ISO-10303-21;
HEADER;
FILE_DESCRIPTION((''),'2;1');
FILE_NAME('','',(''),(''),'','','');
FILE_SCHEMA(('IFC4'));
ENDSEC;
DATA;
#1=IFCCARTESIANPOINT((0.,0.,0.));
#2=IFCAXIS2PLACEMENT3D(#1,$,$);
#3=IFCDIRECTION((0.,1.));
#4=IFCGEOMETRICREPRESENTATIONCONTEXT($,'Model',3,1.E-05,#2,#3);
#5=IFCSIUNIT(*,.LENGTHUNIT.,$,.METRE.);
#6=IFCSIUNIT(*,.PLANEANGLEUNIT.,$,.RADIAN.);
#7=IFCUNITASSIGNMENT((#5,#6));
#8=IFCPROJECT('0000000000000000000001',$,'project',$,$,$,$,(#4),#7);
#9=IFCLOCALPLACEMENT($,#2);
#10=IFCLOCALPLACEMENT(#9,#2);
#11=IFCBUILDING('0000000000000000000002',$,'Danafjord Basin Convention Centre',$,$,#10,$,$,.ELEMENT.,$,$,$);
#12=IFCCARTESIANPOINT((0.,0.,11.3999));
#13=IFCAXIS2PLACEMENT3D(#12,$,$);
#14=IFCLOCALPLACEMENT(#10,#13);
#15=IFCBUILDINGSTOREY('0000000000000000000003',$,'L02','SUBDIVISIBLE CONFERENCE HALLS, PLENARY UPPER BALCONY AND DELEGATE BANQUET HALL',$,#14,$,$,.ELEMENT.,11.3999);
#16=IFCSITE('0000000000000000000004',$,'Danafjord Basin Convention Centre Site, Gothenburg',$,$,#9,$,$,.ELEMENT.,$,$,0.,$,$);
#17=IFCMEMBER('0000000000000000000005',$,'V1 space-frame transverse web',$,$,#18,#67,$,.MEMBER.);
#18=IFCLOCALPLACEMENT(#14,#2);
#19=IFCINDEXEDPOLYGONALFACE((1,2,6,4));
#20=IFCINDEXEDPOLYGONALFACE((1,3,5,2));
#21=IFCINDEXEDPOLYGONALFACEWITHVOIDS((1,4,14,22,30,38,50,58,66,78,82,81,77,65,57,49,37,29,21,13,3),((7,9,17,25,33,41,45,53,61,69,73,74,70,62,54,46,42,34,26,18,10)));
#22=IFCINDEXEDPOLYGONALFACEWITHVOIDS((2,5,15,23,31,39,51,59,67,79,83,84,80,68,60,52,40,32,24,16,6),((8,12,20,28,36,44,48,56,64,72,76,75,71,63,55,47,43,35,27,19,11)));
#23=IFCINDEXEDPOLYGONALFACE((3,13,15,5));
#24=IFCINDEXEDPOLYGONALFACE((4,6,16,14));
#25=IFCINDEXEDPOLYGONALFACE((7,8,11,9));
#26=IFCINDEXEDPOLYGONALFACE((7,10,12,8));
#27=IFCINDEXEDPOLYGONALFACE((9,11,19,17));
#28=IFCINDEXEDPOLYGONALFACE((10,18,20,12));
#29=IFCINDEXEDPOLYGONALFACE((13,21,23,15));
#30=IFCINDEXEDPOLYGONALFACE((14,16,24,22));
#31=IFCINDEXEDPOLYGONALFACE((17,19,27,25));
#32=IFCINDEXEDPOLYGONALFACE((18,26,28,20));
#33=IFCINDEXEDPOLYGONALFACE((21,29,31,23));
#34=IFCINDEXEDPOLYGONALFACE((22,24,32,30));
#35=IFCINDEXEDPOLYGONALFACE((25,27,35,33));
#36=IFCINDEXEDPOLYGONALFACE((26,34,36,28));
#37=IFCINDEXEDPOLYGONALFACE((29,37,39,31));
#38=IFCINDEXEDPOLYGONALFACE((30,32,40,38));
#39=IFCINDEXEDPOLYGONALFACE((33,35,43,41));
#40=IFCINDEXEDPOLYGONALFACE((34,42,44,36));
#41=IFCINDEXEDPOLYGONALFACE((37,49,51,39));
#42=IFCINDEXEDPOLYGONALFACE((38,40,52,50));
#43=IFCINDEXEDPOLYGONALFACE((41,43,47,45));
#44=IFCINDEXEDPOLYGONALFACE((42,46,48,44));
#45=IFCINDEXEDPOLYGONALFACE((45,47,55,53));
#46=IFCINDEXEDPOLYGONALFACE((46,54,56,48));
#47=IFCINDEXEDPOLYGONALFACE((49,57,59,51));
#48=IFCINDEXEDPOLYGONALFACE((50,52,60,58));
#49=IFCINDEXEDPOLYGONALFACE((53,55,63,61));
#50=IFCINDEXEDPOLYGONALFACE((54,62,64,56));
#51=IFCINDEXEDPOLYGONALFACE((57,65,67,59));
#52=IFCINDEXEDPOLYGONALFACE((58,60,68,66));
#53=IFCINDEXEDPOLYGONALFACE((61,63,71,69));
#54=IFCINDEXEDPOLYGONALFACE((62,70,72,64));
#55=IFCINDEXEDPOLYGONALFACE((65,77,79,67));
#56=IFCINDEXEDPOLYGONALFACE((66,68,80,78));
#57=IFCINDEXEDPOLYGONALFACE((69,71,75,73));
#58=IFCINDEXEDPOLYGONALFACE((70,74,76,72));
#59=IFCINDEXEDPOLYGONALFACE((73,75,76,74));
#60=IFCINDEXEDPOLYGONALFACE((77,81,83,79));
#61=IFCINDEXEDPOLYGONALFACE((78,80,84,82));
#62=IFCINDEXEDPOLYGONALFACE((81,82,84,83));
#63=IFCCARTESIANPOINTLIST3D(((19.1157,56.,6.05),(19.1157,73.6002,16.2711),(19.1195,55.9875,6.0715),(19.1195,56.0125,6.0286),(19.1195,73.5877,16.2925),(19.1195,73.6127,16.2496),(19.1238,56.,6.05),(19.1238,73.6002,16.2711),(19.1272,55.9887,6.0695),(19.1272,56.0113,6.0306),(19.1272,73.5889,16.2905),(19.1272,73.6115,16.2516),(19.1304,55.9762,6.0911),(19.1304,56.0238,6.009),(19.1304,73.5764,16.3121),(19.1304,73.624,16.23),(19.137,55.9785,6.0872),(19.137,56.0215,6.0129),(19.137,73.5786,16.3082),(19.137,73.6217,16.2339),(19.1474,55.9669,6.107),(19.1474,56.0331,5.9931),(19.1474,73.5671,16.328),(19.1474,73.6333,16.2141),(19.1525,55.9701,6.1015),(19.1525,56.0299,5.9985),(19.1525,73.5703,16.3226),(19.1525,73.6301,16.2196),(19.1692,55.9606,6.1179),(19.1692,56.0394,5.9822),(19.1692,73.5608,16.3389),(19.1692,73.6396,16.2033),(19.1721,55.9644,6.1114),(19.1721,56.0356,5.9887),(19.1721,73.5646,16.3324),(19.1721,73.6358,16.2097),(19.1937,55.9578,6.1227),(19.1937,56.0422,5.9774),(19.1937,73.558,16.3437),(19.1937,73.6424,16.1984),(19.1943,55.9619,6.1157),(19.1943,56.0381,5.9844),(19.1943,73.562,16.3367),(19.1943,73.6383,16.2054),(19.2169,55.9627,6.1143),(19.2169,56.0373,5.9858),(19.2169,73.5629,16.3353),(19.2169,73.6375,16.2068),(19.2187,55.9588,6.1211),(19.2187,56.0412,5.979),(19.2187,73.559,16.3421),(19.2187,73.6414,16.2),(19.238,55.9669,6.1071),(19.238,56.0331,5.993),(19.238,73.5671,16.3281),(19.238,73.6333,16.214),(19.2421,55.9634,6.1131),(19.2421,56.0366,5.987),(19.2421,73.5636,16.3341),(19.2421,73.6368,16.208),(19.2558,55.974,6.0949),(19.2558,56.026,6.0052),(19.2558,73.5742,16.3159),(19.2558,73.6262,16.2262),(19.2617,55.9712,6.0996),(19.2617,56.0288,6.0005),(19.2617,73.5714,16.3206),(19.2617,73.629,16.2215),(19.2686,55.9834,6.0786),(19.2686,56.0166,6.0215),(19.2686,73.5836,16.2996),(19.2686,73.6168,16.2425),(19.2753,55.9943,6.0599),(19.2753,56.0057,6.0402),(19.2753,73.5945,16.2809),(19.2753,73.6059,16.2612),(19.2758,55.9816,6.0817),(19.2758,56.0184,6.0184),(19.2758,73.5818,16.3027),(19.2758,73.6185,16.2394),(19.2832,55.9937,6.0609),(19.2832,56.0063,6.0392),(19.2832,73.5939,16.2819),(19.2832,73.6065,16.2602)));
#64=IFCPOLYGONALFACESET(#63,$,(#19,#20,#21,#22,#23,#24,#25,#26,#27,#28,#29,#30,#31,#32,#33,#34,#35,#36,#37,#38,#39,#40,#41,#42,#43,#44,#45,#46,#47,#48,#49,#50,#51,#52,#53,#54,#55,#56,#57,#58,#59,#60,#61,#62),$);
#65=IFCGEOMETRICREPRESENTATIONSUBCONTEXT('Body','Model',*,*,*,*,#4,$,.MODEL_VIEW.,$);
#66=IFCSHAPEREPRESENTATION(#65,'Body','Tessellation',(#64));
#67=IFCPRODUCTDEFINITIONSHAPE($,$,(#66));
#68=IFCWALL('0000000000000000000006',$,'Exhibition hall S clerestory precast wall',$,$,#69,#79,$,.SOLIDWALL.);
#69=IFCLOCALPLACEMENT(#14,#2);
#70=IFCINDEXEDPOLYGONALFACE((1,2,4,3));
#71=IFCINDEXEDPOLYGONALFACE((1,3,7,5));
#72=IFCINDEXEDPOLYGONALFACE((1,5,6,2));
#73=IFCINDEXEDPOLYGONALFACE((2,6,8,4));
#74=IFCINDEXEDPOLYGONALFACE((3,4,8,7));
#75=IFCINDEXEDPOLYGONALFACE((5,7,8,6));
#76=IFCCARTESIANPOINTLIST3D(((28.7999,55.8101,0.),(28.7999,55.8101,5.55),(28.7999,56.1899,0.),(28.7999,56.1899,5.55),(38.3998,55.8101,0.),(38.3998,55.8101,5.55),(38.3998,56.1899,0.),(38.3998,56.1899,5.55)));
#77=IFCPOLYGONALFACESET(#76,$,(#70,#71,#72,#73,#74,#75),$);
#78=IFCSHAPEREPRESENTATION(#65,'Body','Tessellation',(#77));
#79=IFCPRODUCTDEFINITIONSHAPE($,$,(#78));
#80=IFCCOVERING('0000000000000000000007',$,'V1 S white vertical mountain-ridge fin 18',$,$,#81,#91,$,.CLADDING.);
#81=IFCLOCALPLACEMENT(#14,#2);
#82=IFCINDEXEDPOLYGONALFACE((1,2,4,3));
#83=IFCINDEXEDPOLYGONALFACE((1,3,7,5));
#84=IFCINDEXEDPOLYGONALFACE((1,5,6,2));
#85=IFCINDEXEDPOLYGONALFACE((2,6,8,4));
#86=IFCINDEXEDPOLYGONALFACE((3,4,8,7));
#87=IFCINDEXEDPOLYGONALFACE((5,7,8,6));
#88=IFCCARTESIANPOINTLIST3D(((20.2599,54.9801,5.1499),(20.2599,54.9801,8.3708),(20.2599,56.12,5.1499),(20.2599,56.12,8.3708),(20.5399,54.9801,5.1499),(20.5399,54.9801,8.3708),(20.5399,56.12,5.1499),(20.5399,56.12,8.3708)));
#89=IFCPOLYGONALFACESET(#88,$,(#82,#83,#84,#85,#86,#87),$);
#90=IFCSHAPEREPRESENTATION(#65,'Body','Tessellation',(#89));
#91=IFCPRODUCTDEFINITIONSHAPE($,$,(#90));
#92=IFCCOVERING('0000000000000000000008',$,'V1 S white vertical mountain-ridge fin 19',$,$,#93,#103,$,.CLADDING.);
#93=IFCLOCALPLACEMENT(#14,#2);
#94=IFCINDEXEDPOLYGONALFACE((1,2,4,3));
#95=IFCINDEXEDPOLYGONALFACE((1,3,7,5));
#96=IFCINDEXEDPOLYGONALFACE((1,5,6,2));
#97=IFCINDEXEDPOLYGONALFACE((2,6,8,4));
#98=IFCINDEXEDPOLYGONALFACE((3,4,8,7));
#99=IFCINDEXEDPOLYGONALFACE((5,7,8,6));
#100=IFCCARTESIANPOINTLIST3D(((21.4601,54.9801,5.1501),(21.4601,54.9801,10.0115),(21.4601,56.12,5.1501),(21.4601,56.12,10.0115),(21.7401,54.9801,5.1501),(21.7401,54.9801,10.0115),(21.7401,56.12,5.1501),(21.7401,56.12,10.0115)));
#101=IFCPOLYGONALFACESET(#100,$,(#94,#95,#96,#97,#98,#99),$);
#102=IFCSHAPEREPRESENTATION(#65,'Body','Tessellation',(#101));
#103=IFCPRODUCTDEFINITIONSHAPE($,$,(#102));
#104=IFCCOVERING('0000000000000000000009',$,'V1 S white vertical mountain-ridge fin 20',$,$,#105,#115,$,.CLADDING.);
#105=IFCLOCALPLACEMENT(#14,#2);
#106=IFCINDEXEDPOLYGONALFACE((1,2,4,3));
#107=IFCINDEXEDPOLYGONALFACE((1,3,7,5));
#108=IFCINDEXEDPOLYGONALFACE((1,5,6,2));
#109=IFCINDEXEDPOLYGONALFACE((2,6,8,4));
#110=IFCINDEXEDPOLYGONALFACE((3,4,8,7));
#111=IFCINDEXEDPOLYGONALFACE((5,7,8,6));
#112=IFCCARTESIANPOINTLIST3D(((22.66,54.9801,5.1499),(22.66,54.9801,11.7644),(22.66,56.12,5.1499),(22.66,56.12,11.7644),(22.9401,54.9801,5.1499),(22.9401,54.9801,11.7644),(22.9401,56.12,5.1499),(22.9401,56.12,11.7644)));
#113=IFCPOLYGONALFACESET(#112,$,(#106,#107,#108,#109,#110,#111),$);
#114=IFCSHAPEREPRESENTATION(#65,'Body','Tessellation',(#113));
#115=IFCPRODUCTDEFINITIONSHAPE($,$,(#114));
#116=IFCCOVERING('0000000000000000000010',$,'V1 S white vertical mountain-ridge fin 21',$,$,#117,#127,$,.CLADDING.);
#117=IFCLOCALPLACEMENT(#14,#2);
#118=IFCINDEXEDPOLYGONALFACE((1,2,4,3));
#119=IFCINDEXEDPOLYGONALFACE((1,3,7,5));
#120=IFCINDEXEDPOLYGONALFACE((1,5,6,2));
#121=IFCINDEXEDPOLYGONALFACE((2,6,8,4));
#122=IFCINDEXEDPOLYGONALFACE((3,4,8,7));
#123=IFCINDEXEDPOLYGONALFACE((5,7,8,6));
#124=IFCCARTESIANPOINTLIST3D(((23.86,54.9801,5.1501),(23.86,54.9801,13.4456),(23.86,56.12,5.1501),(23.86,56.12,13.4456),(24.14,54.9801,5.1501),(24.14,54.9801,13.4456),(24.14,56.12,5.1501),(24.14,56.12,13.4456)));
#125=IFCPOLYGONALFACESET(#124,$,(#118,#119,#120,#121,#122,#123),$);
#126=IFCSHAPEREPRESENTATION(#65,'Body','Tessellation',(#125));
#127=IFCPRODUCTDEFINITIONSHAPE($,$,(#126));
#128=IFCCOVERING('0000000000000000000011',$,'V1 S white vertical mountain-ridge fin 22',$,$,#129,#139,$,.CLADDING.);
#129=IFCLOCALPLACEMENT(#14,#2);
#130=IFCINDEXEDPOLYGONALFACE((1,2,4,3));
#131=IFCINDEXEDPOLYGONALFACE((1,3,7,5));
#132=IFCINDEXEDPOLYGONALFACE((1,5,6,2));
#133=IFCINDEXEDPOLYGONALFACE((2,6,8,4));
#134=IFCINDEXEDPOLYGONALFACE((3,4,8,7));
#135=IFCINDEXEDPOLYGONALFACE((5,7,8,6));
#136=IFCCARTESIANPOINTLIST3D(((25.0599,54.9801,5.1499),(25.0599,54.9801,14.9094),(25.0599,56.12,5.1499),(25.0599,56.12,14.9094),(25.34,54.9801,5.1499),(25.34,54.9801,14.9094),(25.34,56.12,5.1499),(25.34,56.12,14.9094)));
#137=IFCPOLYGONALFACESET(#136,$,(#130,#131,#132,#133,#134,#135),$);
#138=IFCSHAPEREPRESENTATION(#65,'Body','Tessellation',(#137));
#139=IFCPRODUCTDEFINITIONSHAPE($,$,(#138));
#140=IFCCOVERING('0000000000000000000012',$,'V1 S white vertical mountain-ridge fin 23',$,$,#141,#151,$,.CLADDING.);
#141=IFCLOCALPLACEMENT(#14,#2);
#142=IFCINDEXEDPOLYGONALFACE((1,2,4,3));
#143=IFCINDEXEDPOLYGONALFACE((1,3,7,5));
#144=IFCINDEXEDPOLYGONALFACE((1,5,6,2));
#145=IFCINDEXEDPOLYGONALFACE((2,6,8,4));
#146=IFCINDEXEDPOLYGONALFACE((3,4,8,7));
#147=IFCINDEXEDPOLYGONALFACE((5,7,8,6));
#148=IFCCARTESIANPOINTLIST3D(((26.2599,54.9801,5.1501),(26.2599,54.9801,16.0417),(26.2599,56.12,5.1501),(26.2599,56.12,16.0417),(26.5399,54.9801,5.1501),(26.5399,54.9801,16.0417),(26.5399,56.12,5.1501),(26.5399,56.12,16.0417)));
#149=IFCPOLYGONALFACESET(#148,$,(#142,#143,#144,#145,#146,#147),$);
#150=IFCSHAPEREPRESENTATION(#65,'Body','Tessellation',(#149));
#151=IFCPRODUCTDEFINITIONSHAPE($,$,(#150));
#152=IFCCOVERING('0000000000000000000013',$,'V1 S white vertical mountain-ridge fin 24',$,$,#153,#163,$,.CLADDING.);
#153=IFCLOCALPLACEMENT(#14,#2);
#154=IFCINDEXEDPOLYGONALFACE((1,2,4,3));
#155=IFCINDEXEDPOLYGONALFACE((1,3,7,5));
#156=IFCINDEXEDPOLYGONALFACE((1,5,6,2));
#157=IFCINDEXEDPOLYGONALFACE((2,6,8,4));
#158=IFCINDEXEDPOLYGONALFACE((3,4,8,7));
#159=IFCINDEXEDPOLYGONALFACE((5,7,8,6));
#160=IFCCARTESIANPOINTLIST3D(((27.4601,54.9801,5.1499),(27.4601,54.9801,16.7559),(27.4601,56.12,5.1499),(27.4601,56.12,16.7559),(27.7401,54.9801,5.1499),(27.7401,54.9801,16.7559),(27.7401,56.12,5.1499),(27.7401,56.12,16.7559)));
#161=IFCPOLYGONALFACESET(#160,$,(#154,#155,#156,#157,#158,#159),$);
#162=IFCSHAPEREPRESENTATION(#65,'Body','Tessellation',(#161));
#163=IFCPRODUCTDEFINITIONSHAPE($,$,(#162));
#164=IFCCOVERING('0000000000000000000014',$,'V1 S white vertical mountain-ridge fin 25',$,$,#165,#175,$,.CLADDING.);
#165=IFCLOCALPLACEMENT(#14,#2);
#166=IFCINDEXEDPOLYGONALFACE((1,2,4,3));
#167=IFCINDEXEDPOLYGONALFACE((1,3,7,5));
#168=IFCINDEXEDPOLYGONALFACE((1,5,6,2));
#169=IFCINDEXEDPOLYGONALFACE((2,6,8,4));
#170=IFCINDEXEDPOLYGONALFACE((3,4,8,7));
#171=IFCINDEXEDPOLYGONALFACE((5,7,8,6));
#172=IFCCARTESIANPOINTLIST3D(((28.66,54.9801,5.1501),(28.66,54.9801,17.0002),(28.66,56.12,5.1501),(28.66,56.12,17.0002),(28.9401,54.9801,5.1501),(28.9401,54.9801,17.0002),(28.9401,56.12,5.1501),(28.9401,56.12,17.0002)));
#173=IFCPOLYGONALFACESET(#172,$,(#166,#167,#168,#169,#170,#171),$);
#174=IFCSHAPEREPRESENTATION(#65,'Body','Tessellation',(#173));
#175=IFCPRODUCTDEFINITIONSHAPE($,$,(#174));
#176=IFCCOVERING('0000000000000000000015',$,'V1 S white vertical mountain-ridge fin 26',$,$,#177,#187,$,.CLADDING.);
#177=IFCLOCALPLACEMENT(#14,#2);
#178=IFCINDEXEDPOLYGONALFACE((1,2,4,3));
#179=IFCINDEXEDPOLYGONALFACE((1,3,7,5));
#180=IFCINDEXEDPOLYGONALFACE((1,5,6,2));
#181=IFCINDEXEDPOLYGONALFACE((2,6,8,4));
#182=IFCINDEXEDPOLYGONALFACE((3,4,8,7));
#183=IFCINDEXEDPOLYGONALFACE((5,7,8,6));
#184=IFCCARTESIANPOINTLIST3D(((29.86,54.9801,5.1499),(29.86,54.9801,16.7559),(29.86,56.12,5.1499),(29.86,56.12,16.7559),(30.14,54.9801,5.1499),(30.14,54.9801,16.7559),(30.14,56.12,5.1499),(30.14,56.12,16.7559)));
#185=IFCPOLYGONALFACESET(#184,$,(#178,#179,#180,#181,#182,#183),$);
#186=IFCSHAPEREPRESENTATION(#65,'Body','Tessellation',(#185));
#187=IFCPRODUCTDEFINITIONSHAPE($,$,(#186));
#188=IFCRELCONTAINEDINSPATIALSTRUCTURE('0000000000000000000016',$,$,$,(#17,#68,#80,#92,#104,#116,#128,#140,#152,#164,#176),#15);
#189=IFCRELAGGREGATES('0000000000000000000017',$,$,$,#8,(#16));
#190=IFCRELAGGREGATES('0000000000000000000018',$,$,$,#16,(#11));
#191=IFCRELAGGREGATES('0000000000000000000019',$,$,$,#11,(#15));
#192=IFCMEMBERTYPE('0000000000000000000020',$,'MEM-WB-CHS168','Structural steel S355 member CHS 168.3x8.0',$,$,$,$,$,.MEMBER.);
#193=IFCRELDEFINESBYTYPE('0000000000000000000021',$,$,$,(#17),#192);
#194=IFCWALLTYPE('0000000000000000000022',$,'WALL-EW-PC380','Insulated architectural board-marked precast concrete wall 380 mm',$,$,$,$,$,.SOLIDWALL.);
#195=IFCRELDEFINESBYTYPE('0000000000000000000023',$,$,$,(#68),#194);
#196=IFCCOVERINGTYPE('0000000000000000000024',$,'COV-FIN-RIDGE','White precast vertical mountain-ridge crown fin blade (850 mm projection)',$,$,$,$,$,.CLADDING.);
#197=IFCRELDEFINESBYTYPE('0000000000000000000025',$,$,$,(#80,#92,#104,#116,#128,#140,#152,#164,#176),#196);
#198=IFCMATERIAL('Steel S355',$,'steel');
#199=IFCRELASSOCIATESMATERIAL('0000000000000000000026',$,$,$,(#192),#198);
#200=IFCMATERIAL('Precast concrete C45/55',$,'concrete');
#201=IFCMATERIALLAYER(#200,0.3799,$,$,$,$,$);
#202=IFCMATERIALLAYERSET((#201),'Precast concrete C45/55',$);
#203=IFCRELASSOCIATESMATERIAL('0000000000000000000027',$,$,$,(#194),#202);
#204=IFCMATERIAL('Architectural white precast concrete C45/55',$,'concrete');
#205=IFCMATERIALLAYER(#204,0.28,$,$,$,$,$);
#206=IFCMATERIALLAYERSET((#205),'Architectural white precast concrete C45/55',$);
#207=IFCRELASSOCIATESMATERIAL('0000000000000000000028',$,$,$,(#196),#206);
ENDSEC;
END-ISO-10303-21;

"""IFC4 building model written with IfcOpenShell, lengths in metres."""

from ifc_helpers import new_model, si_unit, direction, frame, frame_2d, origin, origin_2d, place, context, subcontext, project, spatial, rectangle, hollow_circle, extrude, material, layer, layer_set, material_profile, profile_set, type_object, element, save


model = new_model("IFC4")

# Units and contexts
model_context = context("Model", 3, precision=1e-05, world=origin(), true_north=direction((0.0, 1.0)))
body_context = subcontext(model_context, "Body", "Model", "MODEL_VIEW")
ifc_project = project(units=[si_unit("LENGTHUNIT", "METRE"), si_unit("PLANEANGLEUNIT", "RADIAN")], contexts=[model_context])

# Site, building, storey
site_placement = place(None, origin())
site = spatial("IfcSite", under=ifc_project, at=site_placement, Name="Danafjord Basin Convention Centre Site, Gothenburg", CompositionType="ELEMENT", RefElevation=0.0)
building_placement = place(site_placement, origin())
building = spatial("IfcBuilding", under=site, at=building_placement, Name="Danafjord Basin Convention Centre", CompositionType="ELEMENT")
storey_placement = place(building_placement, frame((0.0, 0.0, 11.3999)))
storey = spatial("IfcBuildingStorey", under=building, at=storey_placement, Name="L02", Description="SUBDIVISIBLE CONFERENCE HALLS, PLENARY UPPER BALCONY AND DELEGATE BANQUET HALL", CompositionType="ELEMENT", Elevation=11.3999)

# Shared definitions
ifc_material_1 = material(Name="Steel S355", Category="steel")

# Member
ifc_material_profile_1 = material_profile(ifc_material_1, hollow_circle(Radius=0.0842, WallThickness=0.0081, at=origin_2d()), Name="CHS 168.3x8.0")
ifc_profile_set_1 = profile_set([ifc_material_profile_1], Name="Steel S355")
member_type_1 = type_object("IfcMemberType", Name="MEM-WB-CHS168", Description="Structural steel S355 member CHS 168.3x8.0", PredefinedType="MEMBER", material=ifc_profile_set_1)
member_1_placement = place(storey_placement, frame((19.2, 56.0, 6.05), z_axis=(0.0, 0.864756, 0.502192), x_axis=(-1.0, 0.0, 0.0)))
element("IfcMember", 1, at=member_1_placement, inside=storey, type_object=member_type_1, Name="V1 space-frame transverse web", PredefinedType="MEMBER", context=body_context, shape_type="SweptSolid", body=[
    extrude(hollow_circle(Radius=0.0842, WallThickness=0.0081, at=origin_2d()), origin(), (0.0, 0.0, 1.0), 20.3528),
])

# Wall
ifc_material_2 = material(Name="Precast concrete C45/55", Category="concrete")
ifc_layer_1 = layer(ifc_material_2, 0.3799)
ifc_layer_set_1 = layer_set([ifc_layer_1], Name="Precast concrete C45/55")
wall_type = type_object("IfcWallType", Name="WALL-EW-PC380", Description="Insulated architectural board-marked precast concrete wall 380 mm", PredefinedType="SOLIDWALL", material=ifc_layer_set_1)
wall_placement = place(storey_placement, frame((28.8, 56.0, 0.0), z_axis=(0.0, 0.0, 1.0), x_axis=(1.0, 0.0, 0.0)))
element("IfcWall", 2, at=wall_placement, inside=storey, type_object=wall_type, Name="Exhibition hall S clerestory precast wall", PredefinedType="SOLIDWALL", context=body_context, shape_type="SweptSolid", body=[
    extrude(rectangle(XDim=9.5999, YDim=0.3799, at=frame_2d((4.7998, 0.0))), origin(), (0.0, 0.0, 1.0), 5.55),
])

# Coverings
ifc_material_3 = material(Name="Architectural white precast concrete C45/55", Category="concrete")
ifc_layer_2 = layer(ifc_material_3, 0.28)
ifc_layer_set_2 = layer_set([ifc_layer_2], Name="Architectural white precast concrete C45/55")
covering_type = type_object("IfcCoveringType", Name="COV-FIN-RIDGE", Description="White precast vertical mountain-ridge crown fin blade (850 mm projection)", PredefinedType="CLADDING", material=ifc_layer_set_2)
covering_1_placement = place(storey_placement, frame((20.3999, 55.55, 5.1499), z_axis=(0.0, 0.0, 1.0), x_axis=(0.0, 1.0, 0.0)))
element("IfcCovering", 3, at=covering_1_placement, inside=storey, type_object=covering_type, Name="V1 S white vertical mountain-ridge fin 18", PredefinedType="CLADDING", context=body_context, shape_type="SweptSolid", body=[
    extrude(rectangle(XDim=1.1399, YDim=0.28, at=origin_2d()), origin(), (0.0, 0.0, 1.0), 3.2209),
])
covering_2_placement = place(storey_placement, frame((21.6001, 55.55, 5.1501), z_axis=(0.0, 0.0, 1.0), x_axis=(0.0, 1.0, 0.0)))
element("IfcCovering", 4, at=covering_2_placement, inside=storey, type_object=covering_type, Name="V1 S white vertical mountain-ridge fin 19", PredefinedType="CLADDING", context=body_context, shape_type="SweptSolid", body=[
    extrude(rectangle(XDim=1.1399, YDim=0.28, at=origin_2d()), origin(), (0.0, 0.0, 1.0), 4.8613),
])
covering_3_placement = place(storey_placement, frame((22.8, 55.55, 5.1499), z_axis=(0.0, 0.0, 1.0), x_axis=(0.0, 1.0, 0.0)))
element("IfcCovering", 5, at=covering_3_placement, inside=storey, type_object=covering_type, Name="V1 S white vertical mountain-ridge fin 20", PredefinedType="CLADDING", context=body_context, shape_type="SweptSolid", body=[
    extrude(rectangle(XDim=1.1399, YDim=0.28, at=origin_2d()), origin(), (0.0, 0.0, 1.0), 6.6145),
])
covering_4_placement = place(storey_placement, frame((24.0, 55.55, 5.1501), z_axis=(0.0, 0.0, 1.0), x_axis=(0.0, 1.0, 0.0)))
element("IfcCovering", 6, at=covering_4_placement, inside=storey, type_object=covering_type, Name="V1 S white vertical mountain-ridge fin 21", PredefinedType="CLADDING", context=body_context, shape_type="SweptSolid", body=[
    extrude(rectangle(XDim=1.1399, YDim=0.28, at=origin_2d()), origin(), (0.0, 0.0, 1.0), 8.2954),
])
covering_5_placement = place(storey_placement, frame((25.2, 55.55, 5.1499), z_axis=(0.0, 0.0, 1.0), x_axis=(0.0, 1.0, 0.0)))
element("IfcCovering", 7, at=covering_5_placement, inside=storey, type_object=covering_type, Name="V1 S white vertical mountain-ridge fin 22", PredefinedType="CLADDING", context=body_context, shape_type="SweptSolid", body=[
    extrude(rectangle(XDim=1.1399, YDim=0.28, at=origin_2d()), origin(), (0.0, 0.0, 1.0), 9.7595),
])
covering_6_placement = place(storey_placement, frame((26.3999, 55.55, 5.1501), z_axis=(0.0, 0.0, 1.0), x_axis=(0.0, 1.0, 0.0)))
element("IfcCovering", 8, at=covering_6_placement, inside=storey, type_object=covering_type, Name="V1 S white vertical mountain-ridge fin 23", PredefinedType="CLADDING", context=body_context, shape_type="SweptSolid", body=[
    extrude(rectangle(XDim=1.1399, YDim=0.28, at=origin_2d()), origin(), (0.0, 0.0, 1.0), 10.8916),
])
covering_7_placement = place(storey_placement, frame((27.6001, 55.55, 5.1499), z_axis=(0.0, 0.0, 1.0), x_axis=(0.0, 1.0, 0.0)))
element("IfcCovering", 9, at=covering_7_placement, inside=storey, type_object=covering_type, Name="V1 S white vertical mountain-ridge fin 24", PredefinedType="CLADDING", context=body_context, shape_type="SweptSolid", body=[
    extrude(rectangle(XDim=1.1399, YDim=0.28, at=origin_2d()), origin(), (0.0, 0.0, 1.0), 11.606),
])
covering_8_placement = place(storey_placement, frame((28.8, 55.55, 5.1501), z_axis=(0.0, 0.0, 1.0), x_axis=(0.0, 1.0, 0.0)))
element("IfcCovering", 10, at=covering_8_placement, inside=storey, type_object=covering_type, Name="V1 S white vertical mountain-ridge fin 25", PredefinedType="CLADDING", context=body_context, shape_type="SweptSolid", body=[
    extrude(rectangle(XDim=1.1399, YDim=0.28, at=origin_2d()), origin(), (0.0, 0.0, 1.0), 11.8501),
])
covering_9_placement = place(storey_placement, frame((30.0, 55.55, 5.1499), z_axis=(0.0, 0.0, 1.0), x_axis=(0.0, 1.0, 0.0)))
element("IfcCovering", 11, at=covering_9_placement, inside=storey, type_object=covering_type, Name="V1 S white vertical mountain-ridge fin 26", PredefinedType="CLADDING", context=body_context, shape_type="SweptSolid", body=[
    extrude(rectangle(XDim=1.1399, YDim=0.28, at=origin_2d()), origin(), (0.0, 0.0, 1.0), 11.606),
])

save(model, "model.ifc")
